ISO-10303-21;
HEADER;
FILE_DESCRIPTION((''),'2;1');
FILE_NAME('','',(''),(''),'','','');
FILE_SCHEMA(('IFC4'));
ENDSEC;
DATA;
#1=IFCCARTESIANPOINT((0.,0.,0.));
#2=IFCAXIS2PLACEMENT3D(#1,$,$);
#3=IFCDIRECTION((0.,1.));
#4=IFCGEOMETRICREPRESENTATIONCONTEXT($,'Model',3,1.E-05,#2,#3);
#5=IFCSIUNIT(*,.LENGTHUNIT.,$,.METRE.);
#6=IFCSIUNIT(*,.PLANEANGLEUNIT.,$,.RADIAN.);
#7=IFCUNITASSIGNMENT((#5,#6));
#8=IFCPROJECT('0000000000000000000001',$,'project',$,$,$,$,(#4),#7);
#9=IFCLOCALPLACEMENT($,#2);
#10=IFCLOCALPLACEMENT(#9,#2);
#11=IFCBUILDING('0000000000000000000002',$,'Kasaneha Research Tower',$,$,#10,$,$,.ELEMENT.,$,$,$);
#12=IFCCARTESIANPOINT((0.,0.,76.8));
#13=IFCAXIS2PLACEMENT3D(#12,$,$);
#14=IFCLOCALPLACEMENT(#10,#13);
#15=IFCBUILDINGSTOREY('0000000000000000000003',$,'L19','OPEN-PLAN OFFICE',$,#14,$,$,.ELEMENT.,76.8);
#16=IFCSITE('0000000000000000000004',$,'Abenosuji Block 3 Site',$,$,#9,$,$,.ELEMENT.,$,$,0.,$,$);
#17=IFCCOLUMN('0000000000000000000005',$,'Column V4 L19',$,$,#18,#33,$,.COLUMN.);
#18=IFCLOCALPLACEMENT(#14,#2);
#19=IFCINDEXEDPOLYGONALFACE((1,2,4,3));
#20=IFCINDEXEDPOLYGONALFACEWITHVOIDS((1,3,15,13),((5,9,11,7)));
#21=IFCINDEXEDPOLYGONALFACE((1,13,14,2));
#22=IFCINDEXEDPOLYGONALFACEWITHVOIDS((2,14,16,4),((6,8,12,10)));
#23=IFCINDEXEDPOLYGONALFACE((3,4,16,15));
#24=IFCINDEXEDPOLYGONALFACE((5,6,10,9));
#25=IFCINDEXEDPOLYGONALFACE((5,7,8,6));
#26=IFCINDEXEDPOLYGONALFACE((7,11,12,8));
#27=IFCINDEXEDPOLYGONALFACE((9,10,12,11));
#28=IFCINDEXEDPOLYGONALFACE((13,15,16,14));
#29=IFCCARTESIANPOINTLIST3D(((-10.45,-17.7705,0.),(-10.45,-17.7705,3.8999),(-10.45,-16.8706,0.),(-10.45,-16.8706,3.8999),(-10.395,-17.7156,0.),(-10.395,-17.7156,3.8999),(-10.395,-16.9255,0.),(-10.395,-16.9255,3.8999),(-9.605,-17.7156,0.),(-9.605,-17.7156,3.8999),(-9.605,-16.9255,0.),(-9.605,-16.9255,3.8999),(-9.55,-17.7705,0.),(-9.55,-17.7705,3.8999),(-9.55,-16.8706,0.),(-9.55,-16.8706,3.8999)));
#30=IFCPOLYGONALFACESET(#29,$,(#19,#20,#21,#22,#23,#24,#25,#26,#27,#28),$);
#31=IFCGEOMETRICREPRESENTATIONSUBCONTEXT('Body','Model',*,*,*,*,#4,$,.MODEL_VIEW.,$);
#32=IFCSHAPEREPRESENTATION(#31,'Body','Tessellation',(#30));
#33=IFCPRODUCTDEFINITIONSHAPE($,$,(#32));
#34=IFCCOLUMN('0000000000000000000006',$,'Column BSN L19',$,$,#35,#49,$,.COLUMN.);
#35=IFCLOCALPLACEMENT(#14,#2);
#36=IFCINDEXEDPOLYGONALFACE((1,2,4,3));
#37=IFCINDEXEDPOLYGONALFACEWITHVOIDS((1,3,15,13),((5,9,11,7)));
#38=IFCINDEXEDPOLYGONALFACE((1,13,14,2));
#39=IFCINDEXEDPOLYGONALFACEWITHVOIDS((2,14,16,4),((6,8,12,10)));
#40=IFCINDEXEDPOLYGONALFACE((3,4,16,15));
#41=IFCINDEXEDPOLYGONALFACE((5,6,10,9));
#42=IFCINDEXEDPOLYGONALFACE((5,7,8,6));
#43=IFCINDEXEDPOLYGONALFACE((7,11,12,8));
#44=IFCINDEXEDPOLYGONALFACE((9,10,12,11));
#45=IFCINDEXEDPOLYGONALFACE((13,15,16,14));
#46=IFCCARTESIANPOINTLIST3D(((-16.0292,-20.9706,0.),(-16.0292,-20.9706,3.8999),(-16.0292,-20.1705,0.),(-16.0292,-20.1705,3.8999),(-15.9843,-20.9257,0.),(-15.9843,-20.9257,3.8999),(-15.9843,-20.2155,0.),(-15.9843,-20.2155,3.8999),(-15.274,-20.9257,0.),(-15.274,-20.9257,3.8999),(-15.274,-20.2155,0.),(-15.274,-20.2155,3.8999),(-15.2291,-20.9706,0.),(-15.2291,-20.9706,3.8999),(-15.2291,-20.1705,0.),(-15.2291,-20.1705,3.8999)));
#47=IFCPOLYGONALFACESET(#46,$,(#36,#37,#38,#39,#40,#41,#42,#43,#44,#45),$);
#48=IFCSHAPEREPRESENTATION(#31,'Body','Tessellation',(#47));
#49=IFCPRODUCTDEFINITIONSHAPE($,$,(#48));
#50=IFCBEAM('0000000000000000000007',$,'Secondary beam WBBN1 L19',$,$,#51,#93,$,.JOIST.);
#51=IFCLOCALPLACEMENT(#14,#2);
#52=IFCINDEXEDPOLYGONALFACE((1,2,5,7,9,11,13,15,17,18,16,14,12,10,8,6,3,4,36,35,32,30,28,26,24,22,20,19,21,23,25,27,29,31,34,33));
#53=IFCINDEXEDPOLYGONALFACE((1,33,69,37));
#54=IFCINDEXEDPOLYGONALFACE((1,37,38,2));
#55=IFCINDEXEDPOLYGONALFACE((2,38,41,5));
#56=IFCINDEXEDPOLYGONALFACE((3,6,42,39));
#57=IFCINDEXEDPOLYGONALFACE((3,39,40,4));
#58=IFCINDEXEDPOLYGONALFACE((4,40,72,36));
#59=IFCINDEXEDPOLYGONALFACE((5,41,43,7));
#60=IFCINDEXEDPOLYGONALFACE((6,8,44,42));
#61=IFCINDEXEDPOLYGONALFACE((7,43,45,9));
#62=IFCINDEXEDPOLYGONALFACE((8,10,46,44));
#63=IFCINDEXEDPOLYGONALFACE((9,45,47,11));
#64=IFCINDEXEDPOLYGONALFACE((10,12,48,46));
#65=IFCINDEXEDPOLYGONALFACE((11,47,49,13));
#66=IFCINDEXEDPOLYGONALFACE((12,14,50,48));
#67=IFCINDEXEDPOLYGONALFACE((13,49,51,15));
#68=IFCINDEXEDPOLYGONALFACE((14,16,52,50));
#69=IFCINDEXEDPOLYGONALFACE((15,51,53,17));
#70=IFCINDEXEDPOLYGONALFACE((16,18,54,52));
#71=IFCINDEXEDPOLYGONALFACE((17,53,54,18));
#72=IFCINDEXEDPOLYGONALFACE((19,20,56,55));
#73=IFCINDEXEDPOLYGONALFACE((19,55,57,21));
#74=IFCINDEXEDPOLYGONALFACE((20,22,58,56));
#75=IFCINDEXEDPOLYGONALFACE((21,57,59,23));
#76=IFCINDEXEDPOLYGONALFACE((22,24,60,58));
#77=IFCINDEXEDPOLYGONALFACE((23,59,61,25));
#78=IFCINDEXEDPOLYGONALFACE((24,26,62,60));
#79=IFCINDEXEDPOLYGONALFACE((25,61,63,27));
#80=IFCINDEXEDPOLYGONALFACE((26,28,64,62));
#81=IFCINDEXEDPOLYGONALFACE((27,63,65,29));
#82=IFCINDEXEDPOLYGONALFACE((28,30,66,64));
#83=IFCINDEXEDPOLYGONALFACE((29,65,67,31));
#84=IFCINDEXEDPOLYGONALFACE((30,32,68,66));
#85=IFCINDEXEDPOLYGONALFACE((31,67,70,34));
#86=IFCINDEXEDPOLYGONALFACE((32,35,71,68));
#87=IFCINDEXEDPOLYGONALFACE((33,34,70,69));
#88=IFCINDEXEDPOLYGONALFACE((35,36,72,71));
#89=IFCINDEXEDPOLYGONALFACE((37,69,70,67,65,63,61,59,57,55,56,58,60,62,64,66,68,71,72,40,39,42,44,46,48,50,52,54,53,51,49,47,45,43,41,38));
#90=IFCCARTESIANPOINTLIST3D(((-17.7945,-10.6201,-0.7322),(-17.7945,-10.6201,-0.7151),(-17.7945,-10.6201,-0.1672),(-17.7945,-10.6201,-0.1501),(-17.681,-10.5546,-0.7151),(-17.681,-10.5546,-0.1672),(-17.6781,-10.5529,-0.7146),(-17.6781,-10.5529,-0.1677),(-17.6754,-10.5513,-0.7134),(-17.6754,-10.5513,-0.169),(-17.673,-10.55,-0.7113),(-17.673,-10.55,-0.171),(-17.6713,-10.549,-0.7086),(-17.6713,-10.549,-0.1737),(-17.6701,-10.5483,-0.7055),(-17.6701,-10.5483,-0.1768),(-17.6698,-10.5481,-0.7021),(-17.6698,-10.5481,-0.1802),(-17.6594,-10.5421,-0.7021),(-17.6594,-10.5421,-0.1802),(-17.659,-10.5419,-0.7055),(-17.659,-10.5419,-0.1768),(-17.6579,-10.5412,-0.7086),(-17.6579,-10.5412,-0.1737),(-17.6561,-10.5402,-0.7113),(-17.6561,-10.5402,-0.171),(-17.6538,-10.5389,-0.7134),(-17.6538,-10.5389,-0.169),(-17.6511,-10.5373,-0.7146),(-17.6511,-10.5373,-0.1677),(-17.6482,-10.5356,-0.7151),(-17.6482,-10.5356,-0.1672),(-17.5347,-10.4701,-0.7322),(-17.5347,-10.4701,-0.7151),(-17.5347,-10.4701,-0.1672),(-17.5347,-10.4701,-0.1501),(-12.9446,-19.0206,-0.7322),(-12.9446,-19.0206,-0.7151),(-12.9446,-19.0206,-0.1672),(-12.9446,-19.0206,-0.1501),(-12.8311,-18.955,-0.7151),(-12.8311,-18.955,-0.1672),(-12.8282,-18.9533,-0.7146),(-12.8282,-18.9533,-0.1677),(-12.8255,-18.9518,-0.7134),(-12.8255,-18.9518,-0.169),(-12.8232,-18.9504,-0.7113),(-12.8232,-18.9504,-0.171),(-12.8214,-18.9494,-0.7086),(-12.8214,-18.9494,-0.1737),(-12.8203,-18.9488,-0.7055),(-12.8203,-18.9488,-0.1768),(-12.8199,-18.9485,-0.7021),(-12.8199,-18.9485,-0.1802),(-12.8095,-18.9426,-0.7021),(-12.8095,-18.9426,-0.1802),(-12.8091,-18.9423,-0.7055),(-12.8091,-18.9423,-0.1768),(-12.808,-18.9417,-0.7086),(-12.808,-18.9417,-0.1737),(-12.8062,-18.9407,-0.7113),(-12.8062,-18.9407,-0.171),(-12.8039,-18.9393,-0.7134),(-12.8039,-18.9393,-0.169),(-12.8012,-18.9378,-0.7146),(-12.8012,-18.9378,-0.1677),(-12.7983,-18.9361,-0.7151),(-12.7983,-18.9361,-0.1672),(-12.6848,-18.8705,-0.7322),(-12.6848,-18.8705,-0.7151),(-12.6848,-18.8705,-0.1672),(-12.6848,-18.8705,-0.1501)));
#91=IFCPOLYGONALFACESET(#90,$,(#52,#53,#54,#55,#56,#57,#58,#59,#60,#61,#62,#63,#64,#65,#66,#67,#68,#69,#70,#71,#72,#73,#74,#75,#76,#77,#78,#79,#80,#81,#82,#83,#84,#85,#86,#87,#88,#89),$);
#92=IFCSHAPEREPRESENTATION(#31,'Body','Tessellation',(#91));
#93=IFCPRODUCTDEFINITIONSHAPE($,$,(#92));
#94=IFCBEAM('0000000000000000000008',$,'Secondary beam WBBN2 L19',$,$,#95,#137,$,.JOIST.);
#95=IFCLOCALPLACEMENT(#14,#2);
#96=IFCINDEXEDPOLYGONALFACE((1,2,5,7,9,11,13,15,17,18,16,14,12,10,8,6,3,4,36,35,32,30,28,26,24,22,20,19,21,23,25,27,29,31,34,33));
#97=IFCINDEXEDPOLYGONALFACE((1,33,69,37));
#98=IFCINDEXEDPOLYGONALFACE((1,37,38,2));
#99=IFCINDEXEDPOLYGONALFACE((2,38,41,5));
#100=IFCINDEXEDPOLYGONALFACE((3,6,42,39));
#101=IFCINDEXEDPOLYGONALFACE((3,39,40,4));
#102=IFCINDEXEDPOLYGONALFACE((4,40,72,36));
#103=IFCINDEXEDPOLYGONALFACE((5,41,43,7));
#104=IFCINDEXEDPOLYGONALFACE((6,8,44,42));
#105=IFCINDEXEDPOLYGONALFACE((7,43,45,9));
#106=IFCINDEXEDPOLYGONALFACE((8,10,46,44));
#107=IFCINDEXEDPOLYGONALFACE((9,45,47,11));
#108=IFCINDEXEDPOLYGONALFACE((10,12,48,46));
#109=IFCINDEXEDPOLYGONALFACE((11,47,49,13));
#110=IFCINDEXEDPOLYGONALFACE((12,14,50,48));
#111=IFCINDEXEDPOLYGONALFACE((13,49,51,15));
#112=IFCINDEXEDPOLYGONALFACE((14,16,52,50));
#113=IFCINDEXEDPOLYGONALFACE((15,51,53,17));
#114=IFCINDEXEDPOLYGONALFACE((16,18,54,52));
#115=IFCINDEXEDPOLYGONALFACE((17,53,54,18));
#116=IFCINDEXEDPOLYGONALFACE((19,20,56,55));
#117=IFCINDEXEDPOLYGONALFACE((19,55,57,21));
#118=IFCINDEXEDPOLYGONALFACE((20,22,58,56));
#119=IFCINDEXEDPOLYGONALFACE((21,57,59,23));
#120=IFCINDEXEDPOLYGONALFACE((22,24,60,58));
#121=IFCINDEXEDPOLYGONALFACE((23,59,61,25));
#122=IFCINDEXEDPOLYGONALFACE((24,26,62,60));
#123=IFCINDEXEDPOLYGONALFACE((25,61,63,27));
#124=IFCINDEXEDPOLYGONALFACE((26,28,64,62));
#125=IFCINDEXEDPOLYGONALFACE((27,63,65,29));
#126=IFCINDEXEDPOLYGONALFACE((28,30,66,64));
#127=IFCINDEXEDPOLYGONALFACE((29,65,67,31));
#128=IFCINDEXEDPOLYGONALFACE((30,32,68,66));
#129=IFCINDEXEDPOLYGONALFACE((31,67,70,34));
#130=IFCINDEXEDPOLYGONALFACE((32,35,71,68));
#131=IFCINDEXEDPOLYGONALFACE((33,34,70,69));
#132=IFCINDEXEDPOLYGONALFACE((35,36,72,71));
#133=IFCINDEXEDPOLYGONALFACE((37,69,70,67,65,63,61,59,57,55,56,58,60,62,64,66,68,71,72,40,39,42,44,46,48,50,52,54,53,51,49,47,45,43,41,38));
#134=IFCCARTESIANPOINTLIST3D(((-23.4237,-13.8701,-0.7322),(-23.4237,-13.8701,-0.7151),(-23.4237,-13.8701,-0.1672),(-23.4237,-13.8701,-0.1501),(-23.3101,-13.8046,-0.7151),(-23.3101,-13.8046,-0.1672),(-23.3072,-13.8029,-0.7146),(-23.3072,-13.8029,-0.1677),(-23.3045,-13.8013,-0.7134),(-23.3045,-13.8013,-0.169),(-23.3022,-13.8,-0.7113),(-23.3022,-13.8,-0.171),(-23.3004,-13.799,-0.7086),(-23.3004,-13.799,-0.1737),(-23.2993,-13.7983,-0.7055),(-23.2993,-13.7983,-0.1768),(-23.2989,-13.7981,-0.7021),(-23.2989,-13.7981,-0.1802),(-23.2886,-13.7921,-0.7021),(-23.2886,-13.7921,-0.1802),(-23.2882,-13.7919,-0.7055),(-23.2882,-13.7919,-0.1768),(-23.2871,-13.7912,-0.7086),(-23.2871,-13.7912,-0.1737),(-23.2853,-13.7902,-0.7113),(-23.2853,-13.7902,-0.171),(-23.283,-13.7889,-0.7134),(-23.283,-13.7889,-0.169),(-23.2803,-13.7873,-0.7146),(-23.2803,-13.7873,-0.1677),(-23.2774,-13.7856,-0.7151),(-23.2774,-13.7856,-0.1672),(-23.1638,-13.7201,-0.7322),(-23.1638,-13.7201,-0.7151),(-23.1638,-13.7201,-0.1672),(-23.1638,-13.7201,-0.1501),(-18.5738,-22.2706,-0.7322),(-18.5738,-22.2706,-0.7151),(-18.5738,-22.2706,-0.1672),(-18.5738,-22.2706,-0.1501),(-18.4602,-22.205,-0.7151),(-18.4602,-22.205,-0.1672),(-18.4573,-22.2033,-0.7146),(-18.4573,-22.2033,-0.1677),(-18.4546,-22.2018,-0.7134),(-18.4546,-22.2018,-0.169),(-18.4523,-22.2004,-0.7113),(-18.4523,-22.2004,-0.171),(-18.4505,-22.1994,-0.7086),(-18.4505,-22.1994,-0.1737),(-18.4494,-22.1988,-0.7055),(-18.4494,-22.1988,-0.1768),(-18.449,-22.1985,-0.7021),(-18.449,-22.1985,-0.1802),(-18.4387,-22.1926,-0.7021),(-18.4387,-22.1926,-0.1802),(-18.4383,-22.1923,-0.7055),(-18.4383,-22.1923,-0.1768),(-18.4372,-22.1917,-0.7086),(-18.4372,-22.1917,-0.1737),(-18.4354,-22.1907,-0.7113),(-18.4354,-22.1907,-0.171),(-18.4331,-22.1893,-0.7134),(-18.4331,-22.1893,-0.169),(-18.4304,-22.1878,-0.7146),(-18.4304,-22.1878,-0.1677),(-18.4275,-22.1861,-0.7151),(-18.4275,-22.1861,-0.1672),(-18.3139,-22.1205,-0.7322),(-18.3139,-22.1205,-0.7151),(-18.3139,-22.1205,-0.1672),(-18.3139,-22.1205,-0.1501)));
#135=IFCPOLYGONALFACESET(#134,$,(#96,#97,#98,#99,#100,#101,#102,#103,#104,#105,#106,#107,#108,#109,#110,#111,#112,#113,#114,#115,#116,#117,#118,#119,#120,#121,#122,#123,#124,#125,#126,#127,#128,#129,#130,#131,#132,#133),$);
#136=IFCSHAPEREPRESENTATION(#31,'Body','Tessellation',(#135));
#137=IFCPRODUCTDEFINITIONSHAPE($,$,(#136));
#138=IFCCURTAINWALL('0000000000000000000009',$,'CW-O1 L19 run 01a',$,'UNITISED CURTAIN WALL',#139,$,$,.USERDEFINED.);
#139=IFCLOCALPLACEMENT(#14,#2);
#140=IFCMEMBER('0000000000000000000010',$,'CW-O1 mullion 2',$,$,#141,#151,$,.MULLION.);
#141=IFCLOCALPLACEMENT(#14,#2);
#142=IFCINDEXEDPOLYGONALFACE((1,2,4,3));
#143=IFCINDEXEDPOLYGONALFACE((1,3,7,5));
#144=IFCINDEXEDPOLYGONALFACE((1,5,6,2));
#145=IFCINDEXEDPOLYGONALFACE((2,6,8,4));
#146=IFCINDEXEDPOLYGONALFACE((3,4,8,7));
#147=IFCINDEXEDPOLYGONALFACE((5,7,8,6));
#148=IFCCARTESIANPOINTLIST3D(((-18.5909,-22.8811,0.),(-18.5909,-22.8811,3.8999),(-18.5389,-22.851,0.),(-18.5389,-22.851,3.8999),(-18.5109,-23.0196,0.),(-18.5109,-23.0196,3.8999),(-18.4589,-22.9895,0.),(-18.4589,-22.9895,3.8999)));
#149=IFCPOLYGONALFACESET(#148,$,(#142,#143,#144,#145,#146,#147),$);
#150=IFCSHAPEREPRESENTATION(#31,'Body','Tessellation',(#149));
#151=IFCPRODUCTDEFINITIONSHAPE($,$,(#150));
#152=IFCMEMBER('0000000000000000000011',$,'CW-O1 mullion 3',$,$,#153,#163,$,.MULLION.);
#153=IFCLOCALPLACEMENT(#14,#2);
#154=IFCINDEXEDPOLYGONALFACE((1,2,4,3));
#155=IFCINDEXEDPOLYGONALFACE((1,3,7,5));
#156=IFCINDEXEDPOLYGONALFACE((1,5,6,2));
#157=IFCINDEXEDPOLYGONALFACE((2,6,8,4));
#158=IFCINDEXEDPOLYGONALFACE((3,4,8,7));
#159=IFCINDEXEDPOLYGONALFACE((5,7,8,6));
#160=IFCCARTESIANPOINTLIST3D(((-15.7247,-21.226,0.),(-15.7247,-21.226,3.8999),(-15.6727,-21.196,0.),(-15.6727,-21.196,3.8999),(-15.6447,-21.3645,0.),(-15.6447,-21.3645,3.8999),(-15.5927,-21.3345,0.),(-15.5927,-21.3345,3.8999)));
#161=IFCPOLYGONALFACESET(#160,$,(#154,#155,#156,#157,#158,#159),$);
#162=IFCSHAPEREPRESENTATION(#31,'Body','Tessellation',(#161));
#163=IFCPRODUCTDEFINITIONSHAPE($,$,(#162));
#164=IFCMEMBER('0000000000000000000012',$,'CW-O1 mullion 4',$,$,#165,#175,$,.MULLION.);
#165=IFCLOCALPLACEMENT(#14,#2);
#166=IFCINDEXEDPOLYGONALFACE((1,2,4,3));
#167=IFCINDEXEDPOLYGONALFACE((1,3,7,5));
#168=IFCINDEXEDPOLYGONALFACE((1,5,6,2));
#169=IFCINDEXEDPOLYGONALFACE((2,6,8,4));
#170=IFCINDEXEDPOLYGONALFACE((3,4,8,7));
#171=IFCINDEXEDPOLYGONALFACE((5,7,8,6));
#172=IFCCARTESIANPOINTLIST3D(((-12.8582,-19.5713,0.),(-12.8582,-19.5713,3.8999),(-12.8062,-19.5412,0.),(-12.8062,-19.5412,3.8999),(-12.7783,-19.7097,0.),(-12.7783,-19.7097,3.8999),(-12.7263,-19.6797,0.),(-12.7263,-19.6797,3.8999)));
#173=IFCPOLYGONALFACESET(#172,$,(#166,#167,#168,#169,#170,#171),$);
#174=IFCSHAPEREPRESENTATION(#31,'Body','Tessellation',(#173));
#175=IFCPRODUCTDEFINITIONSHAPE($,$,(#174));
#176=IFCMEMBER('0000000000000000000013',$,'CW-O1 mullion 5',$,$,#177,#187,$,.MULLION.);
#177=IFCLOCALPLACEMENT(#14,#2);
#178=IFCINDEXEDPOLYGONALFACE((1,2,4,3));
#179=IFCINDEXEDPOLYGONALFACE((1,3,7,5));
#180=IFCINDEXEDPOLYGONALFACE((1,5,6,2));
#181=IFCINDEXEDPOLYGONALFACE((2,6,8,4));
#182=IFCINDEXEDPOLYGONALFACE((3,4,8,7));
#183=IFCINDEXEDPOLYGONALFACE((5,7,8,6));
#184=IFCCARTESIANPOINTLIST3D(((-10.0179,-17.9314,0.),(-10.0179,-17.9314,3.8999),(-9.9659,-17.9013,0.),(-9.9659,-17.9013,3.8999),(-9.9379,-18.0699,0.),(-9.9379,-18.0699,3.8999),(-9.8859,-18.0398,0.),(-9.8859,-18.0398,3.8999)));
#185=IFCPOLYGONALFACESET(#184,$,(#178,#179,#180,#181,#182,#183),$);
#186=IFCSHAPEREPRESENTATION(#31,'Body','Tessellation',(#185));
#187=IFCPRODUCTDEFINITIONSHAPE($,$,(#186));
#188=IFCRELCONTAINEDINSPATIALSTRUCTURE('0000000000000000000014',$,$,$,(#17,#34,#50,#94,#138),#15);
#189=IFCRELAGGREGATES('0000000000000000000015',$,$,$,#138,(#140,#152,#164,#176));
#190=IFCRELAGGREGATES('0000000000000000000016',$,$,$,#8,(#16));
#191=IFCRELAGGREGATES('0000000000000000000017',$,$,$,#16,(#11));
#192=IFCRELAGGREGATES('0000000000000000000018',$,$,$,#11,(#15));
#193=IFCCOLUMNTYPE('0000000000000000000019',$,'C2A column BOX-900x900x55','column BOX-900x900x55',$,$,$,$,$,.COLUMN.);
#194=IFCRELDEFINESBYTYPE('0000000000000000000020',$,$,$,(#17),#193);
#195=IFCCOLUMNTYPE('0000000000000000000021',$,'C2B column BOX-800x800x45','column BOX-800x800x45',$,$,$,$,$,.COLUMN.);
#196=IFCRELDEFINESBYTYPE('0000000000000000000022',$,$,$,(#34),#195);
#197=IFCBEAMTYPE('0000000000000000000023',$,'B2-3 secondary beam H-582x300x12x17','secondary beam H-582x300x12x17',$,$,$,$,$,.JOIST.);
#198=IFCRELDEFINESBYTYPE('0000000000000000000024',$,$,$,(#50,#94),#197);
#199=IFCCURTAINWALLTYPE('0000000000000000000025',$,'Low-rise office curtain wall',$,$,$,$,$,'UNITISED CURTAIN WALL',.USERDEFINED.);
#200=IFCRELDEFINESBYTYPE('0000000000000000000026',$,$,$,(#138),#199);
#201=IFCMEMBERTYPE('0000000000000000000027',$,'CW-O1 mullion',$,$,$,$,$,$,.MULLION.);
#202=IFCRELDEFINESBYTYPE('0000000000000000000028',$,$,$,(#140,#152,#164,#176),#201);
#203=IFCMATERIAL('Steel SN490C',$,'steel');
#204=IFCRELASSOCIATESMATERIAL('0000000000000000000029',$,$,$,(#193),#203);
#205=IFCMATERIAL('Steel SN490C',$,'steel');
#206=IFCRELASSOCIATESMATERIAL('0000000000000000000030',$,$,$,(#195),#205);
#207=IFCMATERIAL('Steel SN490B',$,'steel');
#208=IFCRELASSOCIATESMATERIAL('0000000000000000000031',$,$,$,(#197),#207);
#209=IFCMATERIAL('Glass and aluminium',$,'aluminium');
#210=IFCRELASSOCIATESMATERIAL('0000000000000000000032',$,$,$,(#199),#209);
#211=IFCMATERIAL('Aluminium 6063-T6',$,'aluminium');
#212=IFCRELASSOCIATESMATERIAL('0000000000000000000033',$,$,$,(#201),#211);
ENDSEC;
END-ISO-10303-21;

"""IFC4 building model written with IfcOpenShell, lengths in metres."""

from ifc_helpers import new_model, si_unit, direction, frame, origin, origin_2d, place, context, subcontext, project, spatial, rectangle, hollow_rectangle, i_section, extrude, material, material_profile, profile_set, type_object, element, aggregate, save


model = new_model("IFC4")

# Units and contexts
model_context = context("Model", 3, precision=1e-05, world=origin(), true_north=direction((0.0, 1.0)))
body_context = subcontext(model_context, "Body", "Model", "MODEL_VIEW")
ifc_project = project(units=[si_unit("LENGTHUNIT", "METRE"), si_unit("PLANEANGLEUNIT", "RADIAN")], contexts=[model_context])

# Site, building, storey
site_placement = place(None, origin())
site = spatial("IfcSite", under=ifc_project, at=site_placement, Name="Abenosuji Block 3 Site", CompositionType="ELEMENT", RefElevation=0.0)
building_placement = place(site_placement, origin())
building = spatial("IfcBuilding", under=site, at=building_placement, Name="Kasaneha Research Tower", CompositionType="ELEMENT")
storey_placement = place(building_placement, frame((0.0, 0.0, 76.8)))
storey = spatial("IfcBuildingStorey", under=building, at=storey_placement, Name="L19", Description="OPEN-PLAN OFFICE", CompositionType="ELEMENT", Elevation=76.8)

# Columns
ifc_material_1 = material(Name="Steel SN490C", Category="steel")
ifc_material_profile_1 = material_profile(ifc_material_1, hollow_rectangle(XDim=0.8999, YDim=0.8999, WallThickness=0.0549, at=origin_2d()), Name="BOX-900x900x55")
ifc_profile_set_1 = profile_set([ifc_material_profile_1], Name="Steel SN490C")
column_type_1 = type_object("IfcColumnType", Name="C2A column BOX-900x900x55", Description="column BOX-900x900x55", PredefinedType="COLUMN", material=ifc_profile_set_1)
column_1_placement = place(storey_placement, frame((-10.0, -17.3206, 0.0), z_axis=(0.0, 0.0, 1.0), x_axis=(1.0, 0.0, 0.0)))
element("IfcColumn", 1, at=column_1_placement, inside=storey, type_object=column_type_1, Name="Column V4 L19", PredefinedType="COLUMN", context=body_context, shape_type="SweptSolid", body=[
    extrude(hollow_rectangle(XDim=0.8999, YDim=0.8999, WallThickness=0.0549, at=origin_2d()), origin(), (0.0, 0.0, 1.0), 3.8999),
])
ifc_material_2 = material(Name="Steel SN490C", Category="steel")
ifc_material_profile_2 = material_profile(ifc_material_2, hollow_rectangle(XDim=0.8, YDim=0.8, WallThickness=0.0449, at=origin_2d()), Name="BOX-800x800x45")
ifc_profile_set_2 = profile_set([ifc_material_profile_2], Name="Steel SN490C")
column_type_2 = type_object("IfcColumnType", Name="C2B column BOX-800x800x45", Description="column BOX-800x800x45", PredefinedType="COLUMN", material=ifc_profile_set_2)
column_2_placement = place(storey_placement, frame((-15.6292, -20.5706, 0.0), z_axis=(0.0, 0.0, 1.0), x_axis=(1.0, 0.0, 0.0)))
element("IfcColumn", 2, at=column_2_placement, inside=storey, type_object=column_type_2, Name="Column BSN L19", PredefinedType="COLUMN", context=body_context, shape_type="SweptSolid", body=[
    extrude(hollow_rectangle(XDim=0.8, YDim=0.8, WallThickness=0.0449, at=origin_2d()), origin(), (0.0, 0.0, 1.0), 3.8999),
])

# Beams
ifc_material_3 = material(Name="Steel SN490B", Category="steel")
ifc_material_profile_3 = material_profile(ifc_material_3, i_section(OverallWidth=0.3, OverallDepth=0.582, WebThickness=0.012, FlangeThickness=0.0171, FilletRadius=0.0129, at=origin_2d()), Name="H-582x300x12x17")
ifc_profile_set_3 = profile_set([ifc_material_profile_3], Name="Steel SN490B")
beam_type_1 = type_object("IfcBeamType", Name="B2-3 secondary beam H-582x300x12x17", Description="secondary beam H-582x300x12x17", PredefinedType="JOIST", material=ifc_profile_set_3)
for number, where, z_axis, x_axis, name in (
    (3, (-12.8147, -18.9456, -0.4412), (-0.499991, 0.866031, 0.0), (-0.866031, -0.499991, 0.0), "Secondary beam WBBN1 L19"),
    (4, (-18.4438, -22.1956, -0.4412), (-0.499991, 0.866031, 0.0), (-0.866031, -0.499991, 0.0), "Secondary beam WBBN2 L19"),
):
    element("IfcBeam", number, at=place(storey_placement, frame(where, z_axis=z_axis, x_axis=x_axis)), inside=storey, type_object=beam_type_1, Name=name, PredefinedType="JOIST", context=body_context, shape_type="SweptSolid", body=[
        extrude(i_section(OverallWidth=0.3, OverallDepth=0.582, WebThickness=0.012, FlangeThickness=0.0171, FilletRadius=0.0129, at=origin_2d()), origin(), (0.0, 0.0, 1.0), 9.7),
    ])

# Curtain wall, members
ifc_material_4 = material(Name="Glass and aluminium", Category="aluminium")
curtain_wall_type = type_object("IfcCurtainWallType", Name="Low-rise office curtain wall", ElementType="UNITISED CURTAIN WALL", PredefinedType="USERDEFINED", material=ifc_material_4)
curtain_wall_1_placement = place(storey_placement, origin())
curtain_wall_1 = element("IfcCurtainWall", 5, at=curtain_wall_1_placement, inside=storey, type_object=curtain_wall_type, Name="CW-O1 L19 run 01a", ObjectType="UNITISED CURTAIN WALL", PredefinedType="USERDEFINED")
ifc_material_5 = material(Name="Aluminium 6063-T6", Category="aluminium")
ifc_material_profile_4 = material_profile(ifc_material_5, rectangle(XDim=0.0601, YDim=0.1599, at=origin_2d()), Name="CW-O1 mullion 60x160")
ifc_profile_set_4 = profile_set([ifc_material_profile_4], Name="Aluminium 6063-T6")
member_type_1 = type_object("IfcMemberType", Name="CW-O1 mullion", PredefinedType="MULLION", material=ifc_profile_set_4)
member_1_placement = place(storey_placement, frame((-18.5249, -22.9353, 0.0), z_axis=(0.0, 0.0, 1.0), x_axis=(0.866025, 0.5, 0.0)))
member_1 = element("IfcMember", 6, at=member_1_placement, type_object=member_type_1, Name="CW-O1 mullion 2", PredefinedType="MULLION", context=body_context, shape_type="SweptSolid", body=[
    extrude(rectangle(XDim=0.0601, YDim=0.1599, at=origin_2d()), origin(), (0.0, 0.0, 1.0), 3.8999),
])
member_2_placement = place(storey_placement, frame((-15.6587, -21.2803, 0.0), z_axis=(0.0, 0.0, 1.0), x_axis=(0.866025, 0.5, 0.0)))
member_2 = element("IfcMember", 7, at=member_2_placement, type_object=member_type_1, Name="CW-O1 mullion 3", PredefinedType="MULLION", context=body_context, shape_type="SweptSolid", body=[
    extrude(rectangle(XDim=0.0601, YDim=0.1599, at=origin_2d()), origin(), (0.0, 0.0, 1.0), 3.8999),
])
member_3_placement = place(storey_placement, frame((-12.7922, -19.6255, 0.0), z_axis=(0.0, 0.0, 1.0), x_axis=(0.866025, 0.5, 0.0)))
member_3 = element("IfcMember", 8, at=member_3_placement, type_object=member_type_1, Name="CW-O1 mullion 4", PredefinedType="MULLION", context=body_context, shape_type="SweptSolid", body=[
    extrude(rectangle(XDim=0.0601, YDim=0.1599, at=origin_2d()), origin(), (0.0, 0.0, 1.0), 3.8999),
])
member_4_placement = place(storey_placement, frame((-9.9519, -17.9856, 0.0), z_axis=(0.0, 0.0, 1.0), x_axis=(0.866025, 0.5, 0.0)))
member_4 = element("IfcMember", 9, at=member_4_placement, type_object=member_type_1, Name="CW-O1 mullion 5", PredefinedType="MULLION", context=body_context, shape_type="SweptSolid", body=[
    extrude(rectangle(XDim=0.0601, YDim=0.1599, at=origin_2d()), origin(), (0.0, 0.0, 1.0), 3.8999),
])

aggregate(curtain_wall_1, [member_1, member_2, member_3, member_4])

save(model, "model.ifc")
